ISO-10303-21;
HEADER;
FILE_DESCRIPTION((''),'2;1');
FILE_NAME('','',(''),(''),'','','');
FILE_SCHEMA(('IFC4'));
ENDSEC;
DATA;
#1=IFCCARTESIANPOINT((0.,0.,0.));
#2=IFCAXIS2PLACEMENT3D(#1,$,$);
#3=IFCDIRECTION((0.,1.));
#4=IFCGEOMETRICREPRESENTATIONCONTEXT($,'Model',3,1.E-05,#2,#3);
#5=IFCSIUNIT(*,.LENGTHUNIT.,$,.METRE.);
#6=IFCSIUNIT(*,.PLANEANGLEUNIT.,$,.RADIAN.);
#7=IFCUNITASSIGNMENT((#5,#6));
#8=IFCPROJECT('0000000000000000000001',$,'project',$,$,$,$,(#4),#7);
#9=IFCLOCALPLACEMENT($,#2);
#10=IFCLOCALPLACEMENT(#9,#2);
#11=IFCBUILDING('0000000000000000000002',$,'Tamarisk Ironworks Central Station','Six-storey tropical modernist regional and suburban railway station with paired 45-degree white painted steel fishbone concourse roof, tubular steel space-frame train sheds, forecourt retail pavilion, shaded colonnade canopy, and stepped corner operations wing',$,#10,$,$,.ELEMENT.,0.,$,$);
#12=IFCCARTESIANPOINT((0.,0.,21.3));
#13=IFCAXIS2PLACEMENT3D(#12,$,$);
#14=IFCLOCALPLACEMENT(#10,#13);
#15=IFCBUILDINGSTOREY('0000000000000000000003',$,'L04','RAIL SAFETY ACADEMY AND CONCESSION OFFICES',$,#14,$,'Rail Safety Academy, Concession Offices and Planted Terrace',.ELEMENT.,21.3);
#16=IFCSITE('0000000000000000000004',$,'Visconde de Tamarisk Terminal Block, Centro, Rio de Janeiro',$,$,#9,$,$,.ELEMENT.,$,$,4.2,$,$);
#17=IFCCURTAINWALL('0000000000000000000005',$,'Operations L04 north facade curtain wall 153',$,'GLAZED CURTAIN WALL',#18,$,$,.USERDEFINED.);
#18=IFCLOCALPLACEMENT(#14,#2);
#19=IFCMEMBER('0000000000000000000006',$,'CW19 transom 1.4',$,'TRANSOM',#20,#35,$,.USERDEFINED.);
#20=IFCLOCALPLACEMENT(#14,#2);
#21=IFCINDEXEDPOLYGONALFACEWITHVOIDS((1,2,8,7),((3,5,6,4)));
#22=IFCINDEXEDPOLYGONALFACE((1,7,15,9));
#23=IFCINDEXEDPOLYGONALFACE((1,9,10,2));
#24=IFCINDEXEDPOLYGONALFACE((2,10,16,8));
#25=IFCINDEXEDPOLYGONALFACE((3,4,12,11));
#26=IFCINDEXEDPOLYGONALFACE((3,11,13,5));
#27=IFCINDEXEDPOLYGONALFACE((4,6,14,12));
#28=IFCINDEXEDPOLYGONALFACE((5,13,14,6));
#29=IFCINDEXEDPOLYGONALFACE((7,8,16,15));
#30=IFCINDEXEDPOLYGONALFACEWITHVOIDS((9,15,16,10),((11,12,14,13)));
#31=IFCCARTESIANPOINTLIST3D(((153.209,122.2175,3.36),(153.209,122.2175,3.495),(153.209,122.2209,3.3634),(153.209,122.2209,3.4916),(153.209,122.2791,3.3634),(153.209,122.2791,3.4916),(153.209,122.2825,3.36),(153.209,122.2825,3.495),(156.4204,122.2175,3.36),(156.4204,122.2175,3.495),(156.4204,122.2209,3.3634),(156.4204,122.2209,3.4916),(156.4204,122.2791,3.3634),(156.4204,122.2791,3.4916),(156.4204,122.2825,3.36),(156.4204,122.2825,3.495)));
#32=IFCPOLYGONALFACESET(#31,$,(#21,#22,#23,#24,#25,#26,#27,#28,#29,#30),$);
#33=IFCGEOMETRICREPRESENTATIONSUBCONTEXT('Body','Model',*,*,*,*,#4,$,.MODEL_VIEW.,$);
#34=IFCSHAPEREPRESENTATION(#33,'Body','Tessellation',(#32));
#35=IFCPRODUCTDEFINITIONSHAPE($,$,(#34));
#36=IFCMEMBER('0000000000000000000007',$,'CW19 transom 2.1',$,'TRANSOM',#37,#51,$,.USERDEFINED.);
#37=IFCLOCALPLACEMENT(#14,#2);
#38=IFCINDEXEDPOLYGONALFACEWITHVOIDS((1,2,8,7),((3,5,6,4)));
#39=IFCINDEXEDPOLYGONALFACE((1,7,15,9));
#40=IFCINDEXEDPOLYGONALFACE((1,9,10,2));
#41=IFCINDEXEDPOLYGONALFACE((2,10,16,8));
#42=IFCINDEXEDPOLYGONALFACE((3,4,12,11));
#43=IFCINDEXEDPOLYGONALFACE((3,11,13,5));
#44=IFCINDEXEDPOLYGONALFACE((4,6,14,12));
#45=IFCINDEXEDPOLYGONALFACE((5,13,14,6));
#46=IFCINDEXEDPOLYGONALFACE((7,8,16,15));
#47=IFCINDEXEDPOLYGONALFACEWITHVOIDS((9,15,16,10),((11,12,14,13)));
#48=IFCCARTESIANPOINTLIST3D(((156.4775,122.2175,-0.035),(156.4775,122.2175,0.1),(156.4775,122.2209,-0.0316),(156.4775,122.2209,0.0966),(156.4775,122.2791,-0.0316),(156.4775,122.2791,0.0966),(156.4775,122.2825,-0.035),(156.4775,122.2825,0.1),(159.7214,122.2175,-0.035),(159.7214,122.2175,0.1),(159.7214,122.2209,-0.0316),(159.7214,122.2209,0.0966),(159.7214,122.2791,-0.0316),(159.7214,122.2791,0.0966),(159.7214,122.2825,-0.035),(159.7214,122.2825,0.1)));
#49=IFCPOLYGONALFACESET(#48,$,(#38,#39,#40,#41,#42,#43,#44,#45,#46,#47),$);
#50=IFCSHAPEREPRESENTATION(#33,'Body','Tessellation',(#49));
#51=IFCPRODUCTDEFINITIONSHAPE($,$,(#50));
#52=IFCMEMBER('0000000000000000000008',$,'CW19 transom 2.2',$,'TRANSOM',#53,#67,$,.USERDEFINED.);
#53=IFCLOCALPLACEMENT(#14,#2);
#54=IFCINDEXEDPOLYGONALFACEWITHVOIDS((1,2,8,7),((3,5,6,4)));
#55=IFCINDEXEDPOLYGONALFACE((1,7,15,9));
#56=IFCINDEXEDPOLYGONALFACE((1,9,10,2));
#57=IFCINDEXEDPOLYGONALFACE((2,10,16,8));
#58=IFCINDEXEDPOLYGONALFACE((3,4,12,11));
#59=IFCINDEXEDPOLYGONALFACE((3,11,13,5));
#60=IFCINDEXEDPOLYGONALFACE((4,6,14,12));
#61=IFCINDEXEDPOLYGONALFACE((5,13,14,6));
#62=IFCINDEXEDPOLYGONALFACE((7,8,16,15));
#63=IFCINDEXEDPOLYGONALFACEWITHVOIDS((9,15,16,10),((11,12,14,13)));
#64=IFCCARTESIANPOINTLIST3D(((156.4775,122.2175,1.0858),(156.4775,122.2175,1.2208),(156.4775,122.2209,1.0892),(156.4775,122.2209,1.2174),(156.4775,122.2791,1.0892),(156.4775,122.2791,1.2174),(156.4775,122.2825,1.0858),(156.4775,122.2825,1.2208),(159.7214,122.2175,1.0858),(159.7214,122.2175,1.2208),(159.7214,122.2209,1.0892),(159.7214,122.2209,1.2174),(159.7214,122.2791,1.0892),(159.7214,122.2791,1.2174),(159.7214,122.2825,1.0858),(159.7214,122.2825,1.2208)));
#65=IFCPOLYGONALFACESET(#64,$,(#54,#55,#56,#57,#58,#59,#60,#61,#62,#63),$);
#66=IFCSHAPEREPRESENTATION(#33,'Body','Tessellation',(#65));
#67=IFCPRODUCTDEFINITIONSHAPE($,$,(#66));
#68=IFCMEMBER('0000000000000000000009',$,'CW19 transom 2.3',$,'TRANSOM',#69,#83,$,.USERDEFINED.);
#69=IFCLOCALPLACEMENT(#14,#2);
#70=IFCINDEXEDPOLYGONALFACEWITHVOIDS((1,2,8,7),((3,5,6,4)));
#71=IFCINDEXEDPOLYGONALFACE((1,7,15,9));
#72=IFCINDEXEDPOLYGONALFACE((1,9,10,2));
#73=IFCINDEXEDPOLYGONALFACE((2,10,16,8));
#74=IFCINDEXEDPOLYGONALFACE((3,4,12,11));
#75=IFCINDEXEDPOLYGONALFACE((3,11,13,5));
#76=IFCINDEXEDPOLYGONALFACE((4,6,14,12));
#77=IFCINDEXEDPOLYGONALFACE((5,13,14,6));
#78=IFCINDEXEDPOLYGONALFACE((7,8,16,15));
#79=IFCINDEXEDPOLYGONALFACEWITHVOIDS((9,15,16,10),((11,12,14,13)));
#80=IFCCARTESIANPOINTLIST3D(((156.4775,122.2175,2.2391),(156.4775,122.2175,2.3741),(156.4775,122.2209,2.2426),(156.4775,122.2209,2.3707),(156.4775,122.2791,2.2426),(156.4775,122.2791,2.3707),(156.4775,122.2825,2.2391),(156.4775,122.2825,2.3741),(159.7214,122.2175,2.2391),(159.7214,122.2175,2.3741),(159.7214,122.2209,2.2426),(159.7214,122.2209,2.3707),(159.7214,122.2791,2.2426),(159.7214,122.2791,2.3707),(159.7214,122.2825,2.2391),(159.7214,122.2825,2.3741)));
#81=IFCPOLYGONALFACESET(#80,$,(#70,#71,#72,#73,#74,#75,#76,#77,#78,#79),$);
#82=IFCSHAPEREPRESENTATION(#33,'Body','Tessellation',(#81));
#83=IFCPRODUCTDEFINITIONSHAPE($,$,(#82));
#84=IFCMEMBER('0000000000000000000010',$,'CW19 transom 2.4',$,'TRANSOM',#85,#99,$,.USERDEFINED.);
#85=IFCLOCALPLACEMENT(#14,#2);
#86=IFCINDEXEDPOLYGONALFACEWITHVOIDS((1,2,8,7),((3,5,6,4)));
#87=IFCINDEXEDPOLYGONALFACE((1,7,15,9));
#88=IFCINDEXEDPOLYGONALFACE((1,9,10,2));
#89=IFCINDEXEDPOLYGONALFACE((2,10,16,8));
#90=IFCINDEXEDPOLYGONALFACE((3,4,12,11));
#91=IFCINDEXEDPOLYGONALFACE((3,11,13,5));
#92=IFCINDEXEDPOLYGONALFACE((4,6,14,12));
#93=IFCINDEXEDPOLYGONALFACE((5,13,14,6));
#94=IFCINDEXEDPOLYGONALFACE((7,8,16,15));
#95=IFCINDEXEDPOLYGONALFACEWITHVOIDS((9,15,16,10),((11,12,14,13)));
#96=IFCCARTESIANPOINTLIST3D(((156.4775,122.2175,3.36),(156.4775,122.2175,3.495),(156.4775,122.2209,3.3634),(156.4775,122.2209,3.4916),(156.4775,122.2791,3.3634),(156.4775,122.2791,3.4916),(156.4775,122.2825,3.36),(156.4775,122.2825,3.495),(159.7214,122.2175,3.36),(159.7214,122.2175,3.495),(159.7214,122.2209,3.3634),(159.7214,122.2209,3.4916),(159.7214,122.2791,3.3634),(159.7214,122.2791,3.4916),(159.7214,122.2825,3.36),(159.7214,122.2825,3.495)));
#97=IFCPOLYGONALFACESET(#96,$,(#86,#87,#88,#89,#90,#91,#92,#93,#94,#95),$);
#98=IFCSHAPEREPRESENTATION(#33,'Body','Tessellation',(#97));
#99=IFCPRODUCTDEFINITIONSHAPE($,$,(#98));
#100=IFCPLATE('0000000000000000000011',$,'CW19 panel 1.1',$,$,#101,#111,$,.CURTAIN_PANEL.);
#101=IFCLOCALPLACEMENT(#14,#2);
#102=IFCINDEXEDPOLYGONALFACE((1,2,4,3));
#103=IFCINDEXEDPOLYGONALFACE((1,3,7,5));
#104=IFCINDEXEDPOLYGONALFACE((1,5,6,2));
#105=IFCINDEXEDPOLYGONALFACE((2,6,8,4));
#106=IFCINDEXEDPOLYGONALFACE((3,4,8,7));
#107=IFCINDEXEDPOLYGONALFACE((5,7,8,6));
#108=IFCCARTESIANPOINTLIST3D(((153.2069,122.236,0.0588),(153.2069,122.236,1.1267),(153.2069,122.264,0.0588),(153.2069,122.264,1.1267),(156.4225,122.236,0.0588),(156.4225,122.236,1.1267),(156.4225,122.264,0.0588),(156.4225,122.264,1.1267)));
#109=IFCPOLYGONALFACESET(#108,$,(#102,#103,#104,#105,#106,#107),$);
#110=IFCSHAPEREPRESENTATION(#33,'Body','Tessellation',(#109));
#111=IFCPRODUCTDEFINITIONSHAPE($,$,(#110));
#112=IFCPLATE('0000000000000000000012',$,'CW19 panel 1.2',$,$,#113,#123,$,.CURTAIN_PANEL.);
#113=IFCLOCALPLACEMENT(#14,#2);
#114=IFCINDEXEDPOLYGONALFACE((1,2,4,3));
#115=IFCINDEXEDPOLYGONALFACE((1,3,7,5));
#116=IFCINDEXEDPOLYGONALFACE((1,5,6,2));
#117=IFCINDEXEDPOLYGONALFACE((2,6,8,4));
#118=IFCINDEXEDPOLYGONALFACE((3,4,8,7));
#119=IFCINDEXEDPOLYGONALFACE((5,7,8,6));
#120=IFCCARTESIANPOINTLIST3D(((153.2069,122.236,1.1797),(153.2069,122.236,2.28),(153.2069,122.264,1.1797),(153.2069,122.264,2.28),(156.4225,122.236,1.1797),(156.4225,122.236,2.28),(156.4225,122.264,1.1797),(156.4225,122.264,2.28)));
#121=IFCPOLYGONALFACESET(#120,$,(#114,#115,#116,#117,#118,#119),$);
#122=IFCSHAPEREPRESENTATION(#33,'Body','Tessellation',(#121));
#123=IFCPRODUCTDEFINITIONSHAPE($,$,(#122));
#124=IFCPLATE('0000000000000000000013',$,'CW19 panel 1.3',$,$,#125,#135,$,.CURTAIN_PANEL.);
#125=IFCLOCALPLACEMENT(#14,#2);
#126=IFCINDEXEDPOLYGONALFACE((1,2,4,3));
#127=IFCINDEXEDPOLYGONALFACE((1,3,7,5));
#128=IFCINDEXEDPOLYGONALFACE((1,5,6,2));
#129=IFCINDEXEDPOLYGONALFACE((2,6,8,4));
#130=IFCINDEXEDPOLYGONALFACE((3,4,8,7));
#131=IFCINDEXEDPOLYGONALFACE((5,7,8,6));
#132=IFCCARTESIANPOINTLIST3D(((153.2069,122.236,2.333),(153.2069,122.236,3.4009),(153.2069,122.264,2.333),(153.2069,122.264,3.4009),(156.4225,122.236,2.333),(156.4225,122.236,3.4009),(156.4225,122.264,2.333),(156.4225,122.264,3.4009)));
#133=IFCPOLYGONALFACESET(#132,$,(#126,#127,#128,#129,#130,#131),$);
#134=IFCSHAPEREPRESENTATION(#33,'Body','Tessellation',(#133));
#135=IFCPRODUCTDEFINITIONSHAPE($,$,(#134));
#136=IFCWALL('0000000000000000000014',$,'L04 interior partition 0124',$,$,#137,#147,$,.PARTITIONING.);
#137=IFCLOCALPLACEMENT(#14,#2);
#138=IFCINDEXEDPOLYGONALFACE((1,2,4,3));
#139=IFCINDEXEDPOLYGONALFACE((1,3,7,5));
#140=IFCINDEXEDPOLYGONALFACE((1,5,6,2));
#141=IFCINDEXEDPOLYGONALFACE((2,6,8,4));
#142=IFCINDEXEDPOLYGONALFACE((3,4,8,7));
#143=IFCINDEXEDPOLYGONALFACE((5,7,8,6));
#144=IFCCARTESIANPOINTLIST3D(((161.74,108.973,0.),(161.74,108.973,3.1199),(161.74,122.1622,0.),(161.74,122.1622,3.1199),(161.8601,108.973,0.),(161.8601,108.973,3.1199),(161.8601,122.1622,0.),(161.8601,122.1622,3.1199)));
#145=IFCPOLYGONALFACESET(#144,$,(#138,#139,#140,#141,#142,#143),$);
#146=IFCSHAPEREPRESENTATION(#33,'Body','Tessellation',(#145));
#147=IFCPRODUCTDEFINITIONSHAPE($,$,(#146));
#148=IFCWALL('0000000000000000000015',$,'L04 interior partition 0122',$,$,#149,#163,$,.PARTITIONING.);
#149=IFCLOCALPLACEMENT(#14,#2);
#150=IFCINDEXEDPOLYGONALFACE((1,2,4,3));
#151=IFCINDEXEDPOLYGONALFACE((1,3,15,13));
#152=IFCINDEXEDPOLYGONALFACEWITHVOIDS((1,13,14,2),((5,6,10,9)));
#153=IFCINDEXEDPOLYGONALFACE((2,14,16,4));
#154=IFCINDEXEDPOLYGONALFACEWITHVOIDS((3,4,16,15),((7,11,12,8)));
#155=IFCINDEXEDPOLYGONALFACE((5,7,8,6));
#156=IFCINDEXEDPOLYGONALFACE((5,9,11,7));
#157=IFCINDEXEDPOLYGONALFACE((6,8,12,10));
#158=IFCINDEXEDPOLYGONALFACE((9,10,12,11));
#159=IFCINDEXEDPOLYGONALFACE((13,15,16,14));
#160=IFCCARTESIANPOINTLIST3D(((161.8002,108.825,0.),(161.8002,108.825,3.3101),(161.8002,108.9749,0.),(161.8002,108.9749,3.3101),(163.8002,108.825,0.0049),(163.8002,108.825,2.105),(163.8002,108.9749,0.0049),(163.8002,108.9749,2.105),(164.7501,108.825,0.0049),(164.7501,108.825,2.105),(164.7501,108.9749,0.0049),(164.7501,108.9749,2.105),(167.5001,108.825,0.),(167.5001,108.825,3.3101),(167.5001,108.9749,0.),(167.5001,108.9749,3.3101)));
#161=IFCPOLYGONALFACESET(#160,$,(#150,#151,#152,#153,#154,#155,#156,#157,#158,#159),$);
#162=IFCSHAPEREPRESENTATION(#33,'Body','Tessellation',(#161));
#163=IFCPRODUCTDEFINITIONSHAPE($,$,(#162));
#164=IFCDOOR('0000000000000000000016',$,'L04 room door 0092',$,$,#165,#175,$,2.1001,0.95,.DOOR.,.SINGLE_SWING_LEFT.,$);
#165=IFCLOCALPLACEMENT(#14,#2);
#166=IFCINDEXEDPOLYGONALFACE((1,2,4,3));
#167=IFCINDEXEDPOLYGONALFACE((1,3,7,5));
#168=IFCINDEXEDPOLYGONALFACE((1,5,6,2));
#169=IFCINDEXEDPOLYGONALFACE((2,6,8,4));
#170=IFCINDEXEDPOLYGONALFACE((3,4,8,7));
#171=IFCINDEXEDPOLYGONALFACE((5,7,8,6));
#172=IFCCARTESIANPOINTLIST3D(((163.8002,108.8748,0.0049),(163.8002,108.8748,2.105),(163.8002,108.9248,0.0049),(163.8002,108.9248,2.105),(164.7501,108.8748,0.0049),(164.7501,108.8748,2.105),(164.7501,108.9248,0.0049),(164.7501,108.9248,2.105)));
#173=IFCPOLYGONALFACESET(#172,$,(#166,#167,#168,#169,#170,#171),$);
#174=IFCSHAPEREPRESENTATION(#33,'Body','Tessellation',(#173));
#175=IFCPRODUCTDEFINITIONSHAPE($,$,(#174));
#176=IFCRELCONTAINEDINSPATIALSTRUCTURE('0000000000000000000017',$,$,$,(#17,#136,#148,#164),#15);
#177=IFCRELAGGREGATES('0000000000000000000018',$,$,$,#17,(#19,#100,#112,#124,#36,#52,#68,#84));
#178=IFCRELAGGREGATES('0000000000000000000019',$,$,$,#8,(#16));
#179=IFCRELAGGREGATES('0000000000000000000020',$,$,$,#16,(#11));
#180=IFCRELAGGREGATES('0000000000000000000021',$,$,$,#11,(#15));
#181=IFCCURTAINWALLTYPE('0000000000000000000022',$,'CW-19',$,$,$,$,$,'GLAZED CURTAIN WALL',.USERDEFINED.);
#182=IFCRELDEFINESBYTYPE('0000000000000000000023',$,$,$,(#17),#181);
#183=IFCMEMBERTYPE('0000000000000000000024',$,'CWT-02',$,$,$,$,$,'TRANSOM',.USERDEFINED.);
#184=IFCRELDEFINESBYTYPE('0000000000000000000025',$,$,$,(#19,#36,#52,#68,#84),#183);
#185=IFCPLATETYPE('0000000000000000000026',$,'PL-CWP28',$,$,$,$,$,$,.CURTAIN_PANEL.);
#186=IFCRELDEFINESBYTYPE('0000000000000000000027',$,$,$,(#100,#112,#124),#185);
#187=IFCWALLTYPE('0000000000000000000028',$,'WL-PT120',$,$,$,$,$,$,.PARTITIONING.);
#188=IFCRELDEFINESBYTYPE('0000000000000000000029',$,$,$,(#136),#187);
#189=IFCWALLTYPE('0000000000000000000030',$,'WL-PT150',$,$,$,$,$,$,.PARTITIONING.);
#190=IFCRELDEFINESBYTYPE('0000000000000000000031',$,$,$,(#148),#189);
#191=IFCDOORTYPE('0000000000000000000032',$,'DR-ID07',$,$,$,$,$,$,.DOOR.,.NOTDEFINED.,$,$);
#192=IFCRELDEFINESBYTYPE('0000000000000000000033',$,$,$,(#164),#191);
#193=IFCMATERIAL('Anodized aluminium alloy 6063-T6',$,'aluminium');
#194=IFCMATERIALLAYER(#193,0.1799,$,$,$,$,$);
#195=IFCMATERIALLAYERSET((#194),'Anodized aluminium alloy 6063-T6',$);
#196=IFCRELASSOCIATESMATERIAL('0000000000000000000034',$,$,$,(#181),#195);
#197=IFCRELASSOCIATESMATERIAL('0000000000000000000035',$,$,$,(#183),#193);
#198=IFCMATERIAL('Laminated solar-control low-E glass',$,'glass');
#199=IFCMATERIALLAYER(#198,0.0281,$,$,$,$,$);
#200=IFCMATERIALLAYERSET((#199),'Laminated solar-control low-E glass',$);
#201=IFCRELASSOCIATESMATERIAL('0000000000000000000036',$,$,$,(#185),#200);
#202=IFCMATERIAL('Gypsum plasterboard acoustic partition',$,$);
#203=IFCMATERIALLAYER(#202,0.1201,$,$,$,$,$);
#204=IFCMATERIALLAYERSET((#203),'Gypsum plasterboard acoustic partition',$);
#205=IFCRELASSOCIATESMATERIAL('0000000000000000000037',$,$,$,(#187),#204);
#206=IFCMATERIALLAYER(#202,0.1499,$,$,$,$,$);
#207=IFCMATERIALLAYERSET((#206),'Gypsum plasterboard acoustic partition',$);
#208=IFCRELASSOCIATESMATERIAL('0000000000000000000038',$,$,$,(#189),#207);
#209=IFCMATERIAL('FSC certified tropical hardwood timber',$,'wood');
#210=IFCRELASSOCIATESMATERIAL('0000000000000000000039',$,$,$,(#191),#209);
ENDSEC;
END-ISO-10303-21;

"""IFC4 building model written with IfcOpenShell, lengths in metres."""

from ifc_helpers import new_model, si_unit, direction, frame, frame_2d, origin, origin_2d, place, context, subcontext, project, spatial, rectangle, hollow_rectangle, extrude, material, layer, layer_set, material_profile, profile_set, type_object, element, fill, aggregate, save


model = new_model("IFC4")

# Units and contexts
model_context = context("Model", 3, precision=1e-05, world=origin(), true_north=direction((0.0, 1.0)))
body_context = subcontext(model_context, "Body", "Model", "MODEL_VIEW")
ifc_project = project(units=[si_unit("LENGTHUNIT", "METRE"), si_unit("PLANEANGLEUNIT", "RADIAN")], contexts=[model_context])

# Site, building, storey
site_placement = place(None, origin())
site = spatial("IfcSite", under=ifc_project, at=site_placement, Name="Visconde de Tamarisk Terminal Block, Centro, Rio de Janeiro", CompositionType="ELEMENT", RefElevation=4.2)
building_placement = place(site_placement, origin())
building = spatial("IfcBuilding", under=site, at=building_placement, Name="Tamarisk Ironworks Central Station", Description="Six-storey tropical modernist regional and suburban railway station with paired 45-degree white painted steel fishbone concourse roof, tubular steel space-frame train sheds, forecourt retail pavilion, shaded colonnade canopy, and stepped corner operations wing", CompositionType="ELEMENT", ElevationOfRefHeight=0.0)
storey_placement = place(building_placement, frame((0.0, 0.0, 21.3)))
storey = spatial("IfcBuildingStorey", under=building, at=storey_placement, Name="L04", Description="RAIL SAFETY ACADEMY AND CONCESSION OFFICES", LongName="Rail Safety Academy, Concession Offices and Planted Terrace", CompositionType="ELEMENT", Elevation=21.3)

# Curtain wall, members, plates
ifc_material_1 = material(Name="Anodized aluminium alloy 6063-T6", Category="aluminium")
ifc_layer_1 = layer(ifc_material_1, 0.1799)
ifc_layer_set_1 = layer_set([ifc_layer_1], Name="Anodized aluminium alloy 6063-T6")
curtain_wall_type = type_object("IfcCurtainWallType", Name="CW-19", ElementType="GLAZED CURTAIN WALL", PredefinedType="USERDEFINED", material=ifc_layer_set_1)
curtain_wall_placement = place(storey_placement, origin())
curtain_wall = element("IfcCurtainWall", 1, at=curtain_wall_placement, inside=storey, type_object=curtain_wall_type, Name="Operations L04 north facade curtain wall 153", ObjectType="GLAZED CURTAIN WALL", PredefinedType="USERDEFINED")
ifc_material_profile_1 = material_profile(ifc_material_1, hollow_rectangle(XDim=0.0649, YDim=0.135, WallThickness=0.0034, at=origin_2d()), Name="ALUM 135x65")
ifc_profile_set_1 = profile_set([ifc_material_profile_1], Name="Anodized aluminium alloy 6063-T6")
member_type_1 = type_object("IfcMemberType", Name="CWT-02", ElementType="TRANSOM", PredefinedType="USERDEFINED", material=ifc_profile_set_1)
member_1_placement = place(storey_placement, frame((153.209, 122.25, 3.4275), z_axis=(1.0, 0.0, 0.0), x_axis=(0.0, 1.0, 0.0)))
member_1 = element("IfcMember", 2, at=member_1_placement, type_object=member_type_1, Name="CW19 transom 1.4", ObjectType="TRANSOM", PredefinedType="USERDEFINED", context=body_context, shape_type="SweptSolid", body=[
    extrude(hollow_rectangle(XDim=0.0649, YDim=0.135, WallThickness=0.0034, at=origin_2d()), origin(), (0.0, 0.0, 1.0), 3.2114),
])
member_2_placement = place(storey_placement, frame((156.4775, 122.25, 0.0325), z_axis=(1.0, 0.0, 0.0), x_axis=(0.0, 1.0, 0.0)))
member_2 = element("IfcMember", 3, at=member_2_placement, type_object=member_type_1, Name="CW19 transom 2.1", ObjectType="TRANSOM", PredefinedType="USERDEFINED", context=body_context, shape_type="SweptSolid", body=[
    extrude(hollow_rectangle(XDim=0.0649, YDim=0.135, WallThickness=0.0034, at=origin_2d()), origin(), (0.0, 0.0, 1.0), 3.2439),
])
member_3_placement = place(storey_placement, frame((156.4775, 122.25, 1.1533), z_axis=(1.0, 0.0, 0.0), x_axis=(0.0, 1.0, 0.0)))
member_3 = element("IfcMember", 4, at=member_3_placement, type_object=member_type_1, Name="CW19 transom 2.2", ObjectType="TRANSOM", PredefinedType="USERDEFINED", context=body_context, shape_type="SweptSolid", body=[
    extrude(hollow_rectangle(XDim=0.0649, YDim=0.135, WallThickness=0.0034, at=origin_2d()), origin(), (0.0, 0.0, 1.0), 3.2439),
])
member_4_placement = place(storey_placement, frame((156.4775, 122.25, 2.3066), z_axis=(1.0, 0.0, 0.0), x_axis=(0.0, 1.0, 0.0)))
member_4 = element("IfcMember", 5, at=member_4_placement, type_object=member_type_1, Name="CW19 transom 2.3", ObjectType="TRANSOM", PredefinedType="USERDEFINED", context=body_context, shape_type="SweptSolid", body=[
    extrude(hollow_rectangle(XDim=0.0649, YDim=0.135, WallThickness=0.0034, at=origin_2d()), origin(), (0.0, 0.0, 1.0), 3.2439),
])
member_5_placement = place(storey_placement, frame((156.4775, 122.25, 3.4275), z_axis=(1.0, 0.0, 0.0), x_axis=(0.0, 1.0, 0.0)))
member_5 = element("IfcMember", 6, at=member_5_placement, type_object=member_type_1, Name="CW19 transom 2.4", ObjectType="TRANSOM", PredefinedType="USERDEFINED", context=body_context, shape_type="SweptSolid", body=[
    extrude(hollow_rectangle(XDim=0.0649, YDim=0.135, WallThickness=0.0034, at=origin_2d()), origin(), (0.0, 0.0, 1.0), 3.2439),
])
ifc_material_2 = material(Name="Laminated solar-control low-E glass", Category="glass")
ifc_layer_2 = layer(ifc_material_2, 0.0281)
ifc_layer_set_2 = layer_set([ifc_layer_2], Name="Laminated solar-control low-E glass")
plate_type = type_object("IfcPlateType", Name="PL-CWP28", PredefinedType="CURTAIN_PANEL", material=ifc_layer_set_2)
plate_1_placement = place(storey_placement, frame((154.8147, 122.25, 0.0588), z_axis=(0.0, 0.0, 1.0), x_axis=(1.0, 0.0, 0.0)))
plate_1 = element("IfcPlate", 7, at=plate_1_placement, type_object=plate_type, Name="CW19 panel 1.1", PredefinedType="CURTAIN_PANEL", context=body_context, shape_type="SweptSolid", body=[
    extrude(rectangle(XDim=3.2156, YDim=0.0281, at=origin_2d()), origin(), (0.0, 0.0, 1.0), 1.0679),
])
plate_2_placement = place(storey_placement, frame((154.8147, 122.25, 1.1797), z_axis=(0.0, 0.0, 1.0), x_axis=(1.0, 0.0, 0.0)))
plate_2 = element("IfcPlate", 8, at=plate_2_placement, type_object=plate_type, Name="CW19 panel 1.2", PredefinedType="CURTAIN_PANEL", context=body_context, shape_type="SweptSolid", body=[
    extrude(rectangle(XDim=3.2156, YDim=0.0281, at=origin_2d()), origin(), (0.0, 0.0, 1.0), 1.1003),
])
plate_3_placement = place(storey_placement, frame((154.8147, 122.25, 2.333), z_axis=(0.0, 0.0, 1.0), x_axis=(1.0, 0.0, 0.0)))
plate_3 = element("IfcPlate", 9, at=plate_3_placement, type_object=plate_type, Name="CW19 panel 1.3", PredefinedType="CURTAIN_PANEL", context=body_context, shape_type="SweptSolid", body=[
    extrude(rectangle(XDim=3.2156, YDim=0.0281, at=origin_2d()), origin(), (0.0, 0.0, 1.0), 1.0679),
])
aggregate(curtain_wall, [member_1, plate_1, plate_2, plate_3, member_2, member_3, member_4, member_5])

# Wall
ifc_material_3 = material(Name="Gypsum plasterboard acoustic partition")
ifc_layer_3 = layer(ifc_material_3, 0.1201)
ifc_layer_set_3 = layer_set([ifc_layer_3], Name="Gypsum plasterboard acoustic partition")
wall_type_1 = type_object("IfcWallType", Name="WL-PT120", PredefinedType="PARTITIONING", material=ifc_layer_set_3)
wall_1_placement = place(storey_placement, frame((161.8, 108.9729, 0.0), z_axis=(0.0, 0.0, 1.0), x_axis=(0.0, 1.0, 0.0)))
element("IfcWall", 10, at=wall_1_placement, inside=storey, type_object=wall_type_1, Name="L04 interior partition 0124", PredefinedType="PARTITIONING", context=body_context, shape_type="SweptSolid", body=[
    extrude(rectangle(XDim=13.1892, YDim=0.1201, at=frame_2d((6.5947, 0.0))), origin(), (0.0, 0.0, 1.0), 3.1199),
])

# Wall, opening, door
ifc_layer_4 = layer(ifc_material_3, 0.1499)
ifc_layer_set_4 = layer_set([ifc_layer_4], Name="Gypsum plasterboard acoustic partition")
wall_type_2 = type_object("IfcWallType", Name="WL-PT150", PredefinedType="PARTITIONING", material=ifc_layer_set_4)
wall_2_placement = place(storey_placement, frame((161.8, 108.8999, 0.0), z_axis=(0.0, 0.0, 1.0), x_axis=(1.0, 0.0, 0.0)))
wall_2 = element("IfcWall", 11, at=wall_2_placement, inside=storey, type_object=wall_type_2, Name="L04 interior partition 0122", PredefinedType="PARTITIONING", context=body_context, shape_type="SweptSolid", body=[
    extrude(rectangle(XDim=5.7, YDim=0.1499, at=frame_2d((2.8501, 0.0))), origin(), (0.0, 0.0, 1.0), 3.3101),
])
opening_1_placement = place(wall_2_placement, frame((2.0, 0.0, 0.0049)))
opening_1 = element("IfcOpeningElement", 12, at=opening_1_placement, cuts=wall_2, PredefinedType="OPENING", context=body_context, shape_type="SweptSolid", body=[
    extrude(rectangle(XDim=0.95, YDim=2.1001, at=frame_2d((0.4751, 1.05))), frame((0.0, 0.0869, 0.0), z_axis=(0.0, -1.0, 0.0), x_axis=(1.0, 0.0, 0.0)), (0.0, 0.0, 1.0), 0.1738),
])
ifc_material_4 = material(Name="FSC certified tropical hardwood timber", Category="wood")
door_type_1 = type_object("IfcDoorType", Name="DR-ID07", OperationType="NOTDEFINED", PredefinedType="DOOR", material=ifc_material_4)
door_1_placement = place(opening_1_placement, origin())
door_1 = element("IfcDoor", 13, at=door_1_placement, inside=storey, type_object=door_type_1, Name="L04 room door 0092", OperationType="SINGLE_SWING_LEFT", OverallHeight=2.1001, OverallWidth=0.95, PredefinedType="DOOR", context=body_context, shape_type="SweptSolid", body=[
    extrude(rectangle(XDim=0.95, YDim=2.1001, at=frame_2d((0.4751, 1.05))), frame((0.0, 0.0249, 0.0), z_axis=(0.0, -1.0, 0.0), x_axis=(1.0, 0.0, 0.0)), (0.0, 0.0, 1.0), 0.05),
])
fill(opening_1, door_1)

save(model, "model.ifc")
